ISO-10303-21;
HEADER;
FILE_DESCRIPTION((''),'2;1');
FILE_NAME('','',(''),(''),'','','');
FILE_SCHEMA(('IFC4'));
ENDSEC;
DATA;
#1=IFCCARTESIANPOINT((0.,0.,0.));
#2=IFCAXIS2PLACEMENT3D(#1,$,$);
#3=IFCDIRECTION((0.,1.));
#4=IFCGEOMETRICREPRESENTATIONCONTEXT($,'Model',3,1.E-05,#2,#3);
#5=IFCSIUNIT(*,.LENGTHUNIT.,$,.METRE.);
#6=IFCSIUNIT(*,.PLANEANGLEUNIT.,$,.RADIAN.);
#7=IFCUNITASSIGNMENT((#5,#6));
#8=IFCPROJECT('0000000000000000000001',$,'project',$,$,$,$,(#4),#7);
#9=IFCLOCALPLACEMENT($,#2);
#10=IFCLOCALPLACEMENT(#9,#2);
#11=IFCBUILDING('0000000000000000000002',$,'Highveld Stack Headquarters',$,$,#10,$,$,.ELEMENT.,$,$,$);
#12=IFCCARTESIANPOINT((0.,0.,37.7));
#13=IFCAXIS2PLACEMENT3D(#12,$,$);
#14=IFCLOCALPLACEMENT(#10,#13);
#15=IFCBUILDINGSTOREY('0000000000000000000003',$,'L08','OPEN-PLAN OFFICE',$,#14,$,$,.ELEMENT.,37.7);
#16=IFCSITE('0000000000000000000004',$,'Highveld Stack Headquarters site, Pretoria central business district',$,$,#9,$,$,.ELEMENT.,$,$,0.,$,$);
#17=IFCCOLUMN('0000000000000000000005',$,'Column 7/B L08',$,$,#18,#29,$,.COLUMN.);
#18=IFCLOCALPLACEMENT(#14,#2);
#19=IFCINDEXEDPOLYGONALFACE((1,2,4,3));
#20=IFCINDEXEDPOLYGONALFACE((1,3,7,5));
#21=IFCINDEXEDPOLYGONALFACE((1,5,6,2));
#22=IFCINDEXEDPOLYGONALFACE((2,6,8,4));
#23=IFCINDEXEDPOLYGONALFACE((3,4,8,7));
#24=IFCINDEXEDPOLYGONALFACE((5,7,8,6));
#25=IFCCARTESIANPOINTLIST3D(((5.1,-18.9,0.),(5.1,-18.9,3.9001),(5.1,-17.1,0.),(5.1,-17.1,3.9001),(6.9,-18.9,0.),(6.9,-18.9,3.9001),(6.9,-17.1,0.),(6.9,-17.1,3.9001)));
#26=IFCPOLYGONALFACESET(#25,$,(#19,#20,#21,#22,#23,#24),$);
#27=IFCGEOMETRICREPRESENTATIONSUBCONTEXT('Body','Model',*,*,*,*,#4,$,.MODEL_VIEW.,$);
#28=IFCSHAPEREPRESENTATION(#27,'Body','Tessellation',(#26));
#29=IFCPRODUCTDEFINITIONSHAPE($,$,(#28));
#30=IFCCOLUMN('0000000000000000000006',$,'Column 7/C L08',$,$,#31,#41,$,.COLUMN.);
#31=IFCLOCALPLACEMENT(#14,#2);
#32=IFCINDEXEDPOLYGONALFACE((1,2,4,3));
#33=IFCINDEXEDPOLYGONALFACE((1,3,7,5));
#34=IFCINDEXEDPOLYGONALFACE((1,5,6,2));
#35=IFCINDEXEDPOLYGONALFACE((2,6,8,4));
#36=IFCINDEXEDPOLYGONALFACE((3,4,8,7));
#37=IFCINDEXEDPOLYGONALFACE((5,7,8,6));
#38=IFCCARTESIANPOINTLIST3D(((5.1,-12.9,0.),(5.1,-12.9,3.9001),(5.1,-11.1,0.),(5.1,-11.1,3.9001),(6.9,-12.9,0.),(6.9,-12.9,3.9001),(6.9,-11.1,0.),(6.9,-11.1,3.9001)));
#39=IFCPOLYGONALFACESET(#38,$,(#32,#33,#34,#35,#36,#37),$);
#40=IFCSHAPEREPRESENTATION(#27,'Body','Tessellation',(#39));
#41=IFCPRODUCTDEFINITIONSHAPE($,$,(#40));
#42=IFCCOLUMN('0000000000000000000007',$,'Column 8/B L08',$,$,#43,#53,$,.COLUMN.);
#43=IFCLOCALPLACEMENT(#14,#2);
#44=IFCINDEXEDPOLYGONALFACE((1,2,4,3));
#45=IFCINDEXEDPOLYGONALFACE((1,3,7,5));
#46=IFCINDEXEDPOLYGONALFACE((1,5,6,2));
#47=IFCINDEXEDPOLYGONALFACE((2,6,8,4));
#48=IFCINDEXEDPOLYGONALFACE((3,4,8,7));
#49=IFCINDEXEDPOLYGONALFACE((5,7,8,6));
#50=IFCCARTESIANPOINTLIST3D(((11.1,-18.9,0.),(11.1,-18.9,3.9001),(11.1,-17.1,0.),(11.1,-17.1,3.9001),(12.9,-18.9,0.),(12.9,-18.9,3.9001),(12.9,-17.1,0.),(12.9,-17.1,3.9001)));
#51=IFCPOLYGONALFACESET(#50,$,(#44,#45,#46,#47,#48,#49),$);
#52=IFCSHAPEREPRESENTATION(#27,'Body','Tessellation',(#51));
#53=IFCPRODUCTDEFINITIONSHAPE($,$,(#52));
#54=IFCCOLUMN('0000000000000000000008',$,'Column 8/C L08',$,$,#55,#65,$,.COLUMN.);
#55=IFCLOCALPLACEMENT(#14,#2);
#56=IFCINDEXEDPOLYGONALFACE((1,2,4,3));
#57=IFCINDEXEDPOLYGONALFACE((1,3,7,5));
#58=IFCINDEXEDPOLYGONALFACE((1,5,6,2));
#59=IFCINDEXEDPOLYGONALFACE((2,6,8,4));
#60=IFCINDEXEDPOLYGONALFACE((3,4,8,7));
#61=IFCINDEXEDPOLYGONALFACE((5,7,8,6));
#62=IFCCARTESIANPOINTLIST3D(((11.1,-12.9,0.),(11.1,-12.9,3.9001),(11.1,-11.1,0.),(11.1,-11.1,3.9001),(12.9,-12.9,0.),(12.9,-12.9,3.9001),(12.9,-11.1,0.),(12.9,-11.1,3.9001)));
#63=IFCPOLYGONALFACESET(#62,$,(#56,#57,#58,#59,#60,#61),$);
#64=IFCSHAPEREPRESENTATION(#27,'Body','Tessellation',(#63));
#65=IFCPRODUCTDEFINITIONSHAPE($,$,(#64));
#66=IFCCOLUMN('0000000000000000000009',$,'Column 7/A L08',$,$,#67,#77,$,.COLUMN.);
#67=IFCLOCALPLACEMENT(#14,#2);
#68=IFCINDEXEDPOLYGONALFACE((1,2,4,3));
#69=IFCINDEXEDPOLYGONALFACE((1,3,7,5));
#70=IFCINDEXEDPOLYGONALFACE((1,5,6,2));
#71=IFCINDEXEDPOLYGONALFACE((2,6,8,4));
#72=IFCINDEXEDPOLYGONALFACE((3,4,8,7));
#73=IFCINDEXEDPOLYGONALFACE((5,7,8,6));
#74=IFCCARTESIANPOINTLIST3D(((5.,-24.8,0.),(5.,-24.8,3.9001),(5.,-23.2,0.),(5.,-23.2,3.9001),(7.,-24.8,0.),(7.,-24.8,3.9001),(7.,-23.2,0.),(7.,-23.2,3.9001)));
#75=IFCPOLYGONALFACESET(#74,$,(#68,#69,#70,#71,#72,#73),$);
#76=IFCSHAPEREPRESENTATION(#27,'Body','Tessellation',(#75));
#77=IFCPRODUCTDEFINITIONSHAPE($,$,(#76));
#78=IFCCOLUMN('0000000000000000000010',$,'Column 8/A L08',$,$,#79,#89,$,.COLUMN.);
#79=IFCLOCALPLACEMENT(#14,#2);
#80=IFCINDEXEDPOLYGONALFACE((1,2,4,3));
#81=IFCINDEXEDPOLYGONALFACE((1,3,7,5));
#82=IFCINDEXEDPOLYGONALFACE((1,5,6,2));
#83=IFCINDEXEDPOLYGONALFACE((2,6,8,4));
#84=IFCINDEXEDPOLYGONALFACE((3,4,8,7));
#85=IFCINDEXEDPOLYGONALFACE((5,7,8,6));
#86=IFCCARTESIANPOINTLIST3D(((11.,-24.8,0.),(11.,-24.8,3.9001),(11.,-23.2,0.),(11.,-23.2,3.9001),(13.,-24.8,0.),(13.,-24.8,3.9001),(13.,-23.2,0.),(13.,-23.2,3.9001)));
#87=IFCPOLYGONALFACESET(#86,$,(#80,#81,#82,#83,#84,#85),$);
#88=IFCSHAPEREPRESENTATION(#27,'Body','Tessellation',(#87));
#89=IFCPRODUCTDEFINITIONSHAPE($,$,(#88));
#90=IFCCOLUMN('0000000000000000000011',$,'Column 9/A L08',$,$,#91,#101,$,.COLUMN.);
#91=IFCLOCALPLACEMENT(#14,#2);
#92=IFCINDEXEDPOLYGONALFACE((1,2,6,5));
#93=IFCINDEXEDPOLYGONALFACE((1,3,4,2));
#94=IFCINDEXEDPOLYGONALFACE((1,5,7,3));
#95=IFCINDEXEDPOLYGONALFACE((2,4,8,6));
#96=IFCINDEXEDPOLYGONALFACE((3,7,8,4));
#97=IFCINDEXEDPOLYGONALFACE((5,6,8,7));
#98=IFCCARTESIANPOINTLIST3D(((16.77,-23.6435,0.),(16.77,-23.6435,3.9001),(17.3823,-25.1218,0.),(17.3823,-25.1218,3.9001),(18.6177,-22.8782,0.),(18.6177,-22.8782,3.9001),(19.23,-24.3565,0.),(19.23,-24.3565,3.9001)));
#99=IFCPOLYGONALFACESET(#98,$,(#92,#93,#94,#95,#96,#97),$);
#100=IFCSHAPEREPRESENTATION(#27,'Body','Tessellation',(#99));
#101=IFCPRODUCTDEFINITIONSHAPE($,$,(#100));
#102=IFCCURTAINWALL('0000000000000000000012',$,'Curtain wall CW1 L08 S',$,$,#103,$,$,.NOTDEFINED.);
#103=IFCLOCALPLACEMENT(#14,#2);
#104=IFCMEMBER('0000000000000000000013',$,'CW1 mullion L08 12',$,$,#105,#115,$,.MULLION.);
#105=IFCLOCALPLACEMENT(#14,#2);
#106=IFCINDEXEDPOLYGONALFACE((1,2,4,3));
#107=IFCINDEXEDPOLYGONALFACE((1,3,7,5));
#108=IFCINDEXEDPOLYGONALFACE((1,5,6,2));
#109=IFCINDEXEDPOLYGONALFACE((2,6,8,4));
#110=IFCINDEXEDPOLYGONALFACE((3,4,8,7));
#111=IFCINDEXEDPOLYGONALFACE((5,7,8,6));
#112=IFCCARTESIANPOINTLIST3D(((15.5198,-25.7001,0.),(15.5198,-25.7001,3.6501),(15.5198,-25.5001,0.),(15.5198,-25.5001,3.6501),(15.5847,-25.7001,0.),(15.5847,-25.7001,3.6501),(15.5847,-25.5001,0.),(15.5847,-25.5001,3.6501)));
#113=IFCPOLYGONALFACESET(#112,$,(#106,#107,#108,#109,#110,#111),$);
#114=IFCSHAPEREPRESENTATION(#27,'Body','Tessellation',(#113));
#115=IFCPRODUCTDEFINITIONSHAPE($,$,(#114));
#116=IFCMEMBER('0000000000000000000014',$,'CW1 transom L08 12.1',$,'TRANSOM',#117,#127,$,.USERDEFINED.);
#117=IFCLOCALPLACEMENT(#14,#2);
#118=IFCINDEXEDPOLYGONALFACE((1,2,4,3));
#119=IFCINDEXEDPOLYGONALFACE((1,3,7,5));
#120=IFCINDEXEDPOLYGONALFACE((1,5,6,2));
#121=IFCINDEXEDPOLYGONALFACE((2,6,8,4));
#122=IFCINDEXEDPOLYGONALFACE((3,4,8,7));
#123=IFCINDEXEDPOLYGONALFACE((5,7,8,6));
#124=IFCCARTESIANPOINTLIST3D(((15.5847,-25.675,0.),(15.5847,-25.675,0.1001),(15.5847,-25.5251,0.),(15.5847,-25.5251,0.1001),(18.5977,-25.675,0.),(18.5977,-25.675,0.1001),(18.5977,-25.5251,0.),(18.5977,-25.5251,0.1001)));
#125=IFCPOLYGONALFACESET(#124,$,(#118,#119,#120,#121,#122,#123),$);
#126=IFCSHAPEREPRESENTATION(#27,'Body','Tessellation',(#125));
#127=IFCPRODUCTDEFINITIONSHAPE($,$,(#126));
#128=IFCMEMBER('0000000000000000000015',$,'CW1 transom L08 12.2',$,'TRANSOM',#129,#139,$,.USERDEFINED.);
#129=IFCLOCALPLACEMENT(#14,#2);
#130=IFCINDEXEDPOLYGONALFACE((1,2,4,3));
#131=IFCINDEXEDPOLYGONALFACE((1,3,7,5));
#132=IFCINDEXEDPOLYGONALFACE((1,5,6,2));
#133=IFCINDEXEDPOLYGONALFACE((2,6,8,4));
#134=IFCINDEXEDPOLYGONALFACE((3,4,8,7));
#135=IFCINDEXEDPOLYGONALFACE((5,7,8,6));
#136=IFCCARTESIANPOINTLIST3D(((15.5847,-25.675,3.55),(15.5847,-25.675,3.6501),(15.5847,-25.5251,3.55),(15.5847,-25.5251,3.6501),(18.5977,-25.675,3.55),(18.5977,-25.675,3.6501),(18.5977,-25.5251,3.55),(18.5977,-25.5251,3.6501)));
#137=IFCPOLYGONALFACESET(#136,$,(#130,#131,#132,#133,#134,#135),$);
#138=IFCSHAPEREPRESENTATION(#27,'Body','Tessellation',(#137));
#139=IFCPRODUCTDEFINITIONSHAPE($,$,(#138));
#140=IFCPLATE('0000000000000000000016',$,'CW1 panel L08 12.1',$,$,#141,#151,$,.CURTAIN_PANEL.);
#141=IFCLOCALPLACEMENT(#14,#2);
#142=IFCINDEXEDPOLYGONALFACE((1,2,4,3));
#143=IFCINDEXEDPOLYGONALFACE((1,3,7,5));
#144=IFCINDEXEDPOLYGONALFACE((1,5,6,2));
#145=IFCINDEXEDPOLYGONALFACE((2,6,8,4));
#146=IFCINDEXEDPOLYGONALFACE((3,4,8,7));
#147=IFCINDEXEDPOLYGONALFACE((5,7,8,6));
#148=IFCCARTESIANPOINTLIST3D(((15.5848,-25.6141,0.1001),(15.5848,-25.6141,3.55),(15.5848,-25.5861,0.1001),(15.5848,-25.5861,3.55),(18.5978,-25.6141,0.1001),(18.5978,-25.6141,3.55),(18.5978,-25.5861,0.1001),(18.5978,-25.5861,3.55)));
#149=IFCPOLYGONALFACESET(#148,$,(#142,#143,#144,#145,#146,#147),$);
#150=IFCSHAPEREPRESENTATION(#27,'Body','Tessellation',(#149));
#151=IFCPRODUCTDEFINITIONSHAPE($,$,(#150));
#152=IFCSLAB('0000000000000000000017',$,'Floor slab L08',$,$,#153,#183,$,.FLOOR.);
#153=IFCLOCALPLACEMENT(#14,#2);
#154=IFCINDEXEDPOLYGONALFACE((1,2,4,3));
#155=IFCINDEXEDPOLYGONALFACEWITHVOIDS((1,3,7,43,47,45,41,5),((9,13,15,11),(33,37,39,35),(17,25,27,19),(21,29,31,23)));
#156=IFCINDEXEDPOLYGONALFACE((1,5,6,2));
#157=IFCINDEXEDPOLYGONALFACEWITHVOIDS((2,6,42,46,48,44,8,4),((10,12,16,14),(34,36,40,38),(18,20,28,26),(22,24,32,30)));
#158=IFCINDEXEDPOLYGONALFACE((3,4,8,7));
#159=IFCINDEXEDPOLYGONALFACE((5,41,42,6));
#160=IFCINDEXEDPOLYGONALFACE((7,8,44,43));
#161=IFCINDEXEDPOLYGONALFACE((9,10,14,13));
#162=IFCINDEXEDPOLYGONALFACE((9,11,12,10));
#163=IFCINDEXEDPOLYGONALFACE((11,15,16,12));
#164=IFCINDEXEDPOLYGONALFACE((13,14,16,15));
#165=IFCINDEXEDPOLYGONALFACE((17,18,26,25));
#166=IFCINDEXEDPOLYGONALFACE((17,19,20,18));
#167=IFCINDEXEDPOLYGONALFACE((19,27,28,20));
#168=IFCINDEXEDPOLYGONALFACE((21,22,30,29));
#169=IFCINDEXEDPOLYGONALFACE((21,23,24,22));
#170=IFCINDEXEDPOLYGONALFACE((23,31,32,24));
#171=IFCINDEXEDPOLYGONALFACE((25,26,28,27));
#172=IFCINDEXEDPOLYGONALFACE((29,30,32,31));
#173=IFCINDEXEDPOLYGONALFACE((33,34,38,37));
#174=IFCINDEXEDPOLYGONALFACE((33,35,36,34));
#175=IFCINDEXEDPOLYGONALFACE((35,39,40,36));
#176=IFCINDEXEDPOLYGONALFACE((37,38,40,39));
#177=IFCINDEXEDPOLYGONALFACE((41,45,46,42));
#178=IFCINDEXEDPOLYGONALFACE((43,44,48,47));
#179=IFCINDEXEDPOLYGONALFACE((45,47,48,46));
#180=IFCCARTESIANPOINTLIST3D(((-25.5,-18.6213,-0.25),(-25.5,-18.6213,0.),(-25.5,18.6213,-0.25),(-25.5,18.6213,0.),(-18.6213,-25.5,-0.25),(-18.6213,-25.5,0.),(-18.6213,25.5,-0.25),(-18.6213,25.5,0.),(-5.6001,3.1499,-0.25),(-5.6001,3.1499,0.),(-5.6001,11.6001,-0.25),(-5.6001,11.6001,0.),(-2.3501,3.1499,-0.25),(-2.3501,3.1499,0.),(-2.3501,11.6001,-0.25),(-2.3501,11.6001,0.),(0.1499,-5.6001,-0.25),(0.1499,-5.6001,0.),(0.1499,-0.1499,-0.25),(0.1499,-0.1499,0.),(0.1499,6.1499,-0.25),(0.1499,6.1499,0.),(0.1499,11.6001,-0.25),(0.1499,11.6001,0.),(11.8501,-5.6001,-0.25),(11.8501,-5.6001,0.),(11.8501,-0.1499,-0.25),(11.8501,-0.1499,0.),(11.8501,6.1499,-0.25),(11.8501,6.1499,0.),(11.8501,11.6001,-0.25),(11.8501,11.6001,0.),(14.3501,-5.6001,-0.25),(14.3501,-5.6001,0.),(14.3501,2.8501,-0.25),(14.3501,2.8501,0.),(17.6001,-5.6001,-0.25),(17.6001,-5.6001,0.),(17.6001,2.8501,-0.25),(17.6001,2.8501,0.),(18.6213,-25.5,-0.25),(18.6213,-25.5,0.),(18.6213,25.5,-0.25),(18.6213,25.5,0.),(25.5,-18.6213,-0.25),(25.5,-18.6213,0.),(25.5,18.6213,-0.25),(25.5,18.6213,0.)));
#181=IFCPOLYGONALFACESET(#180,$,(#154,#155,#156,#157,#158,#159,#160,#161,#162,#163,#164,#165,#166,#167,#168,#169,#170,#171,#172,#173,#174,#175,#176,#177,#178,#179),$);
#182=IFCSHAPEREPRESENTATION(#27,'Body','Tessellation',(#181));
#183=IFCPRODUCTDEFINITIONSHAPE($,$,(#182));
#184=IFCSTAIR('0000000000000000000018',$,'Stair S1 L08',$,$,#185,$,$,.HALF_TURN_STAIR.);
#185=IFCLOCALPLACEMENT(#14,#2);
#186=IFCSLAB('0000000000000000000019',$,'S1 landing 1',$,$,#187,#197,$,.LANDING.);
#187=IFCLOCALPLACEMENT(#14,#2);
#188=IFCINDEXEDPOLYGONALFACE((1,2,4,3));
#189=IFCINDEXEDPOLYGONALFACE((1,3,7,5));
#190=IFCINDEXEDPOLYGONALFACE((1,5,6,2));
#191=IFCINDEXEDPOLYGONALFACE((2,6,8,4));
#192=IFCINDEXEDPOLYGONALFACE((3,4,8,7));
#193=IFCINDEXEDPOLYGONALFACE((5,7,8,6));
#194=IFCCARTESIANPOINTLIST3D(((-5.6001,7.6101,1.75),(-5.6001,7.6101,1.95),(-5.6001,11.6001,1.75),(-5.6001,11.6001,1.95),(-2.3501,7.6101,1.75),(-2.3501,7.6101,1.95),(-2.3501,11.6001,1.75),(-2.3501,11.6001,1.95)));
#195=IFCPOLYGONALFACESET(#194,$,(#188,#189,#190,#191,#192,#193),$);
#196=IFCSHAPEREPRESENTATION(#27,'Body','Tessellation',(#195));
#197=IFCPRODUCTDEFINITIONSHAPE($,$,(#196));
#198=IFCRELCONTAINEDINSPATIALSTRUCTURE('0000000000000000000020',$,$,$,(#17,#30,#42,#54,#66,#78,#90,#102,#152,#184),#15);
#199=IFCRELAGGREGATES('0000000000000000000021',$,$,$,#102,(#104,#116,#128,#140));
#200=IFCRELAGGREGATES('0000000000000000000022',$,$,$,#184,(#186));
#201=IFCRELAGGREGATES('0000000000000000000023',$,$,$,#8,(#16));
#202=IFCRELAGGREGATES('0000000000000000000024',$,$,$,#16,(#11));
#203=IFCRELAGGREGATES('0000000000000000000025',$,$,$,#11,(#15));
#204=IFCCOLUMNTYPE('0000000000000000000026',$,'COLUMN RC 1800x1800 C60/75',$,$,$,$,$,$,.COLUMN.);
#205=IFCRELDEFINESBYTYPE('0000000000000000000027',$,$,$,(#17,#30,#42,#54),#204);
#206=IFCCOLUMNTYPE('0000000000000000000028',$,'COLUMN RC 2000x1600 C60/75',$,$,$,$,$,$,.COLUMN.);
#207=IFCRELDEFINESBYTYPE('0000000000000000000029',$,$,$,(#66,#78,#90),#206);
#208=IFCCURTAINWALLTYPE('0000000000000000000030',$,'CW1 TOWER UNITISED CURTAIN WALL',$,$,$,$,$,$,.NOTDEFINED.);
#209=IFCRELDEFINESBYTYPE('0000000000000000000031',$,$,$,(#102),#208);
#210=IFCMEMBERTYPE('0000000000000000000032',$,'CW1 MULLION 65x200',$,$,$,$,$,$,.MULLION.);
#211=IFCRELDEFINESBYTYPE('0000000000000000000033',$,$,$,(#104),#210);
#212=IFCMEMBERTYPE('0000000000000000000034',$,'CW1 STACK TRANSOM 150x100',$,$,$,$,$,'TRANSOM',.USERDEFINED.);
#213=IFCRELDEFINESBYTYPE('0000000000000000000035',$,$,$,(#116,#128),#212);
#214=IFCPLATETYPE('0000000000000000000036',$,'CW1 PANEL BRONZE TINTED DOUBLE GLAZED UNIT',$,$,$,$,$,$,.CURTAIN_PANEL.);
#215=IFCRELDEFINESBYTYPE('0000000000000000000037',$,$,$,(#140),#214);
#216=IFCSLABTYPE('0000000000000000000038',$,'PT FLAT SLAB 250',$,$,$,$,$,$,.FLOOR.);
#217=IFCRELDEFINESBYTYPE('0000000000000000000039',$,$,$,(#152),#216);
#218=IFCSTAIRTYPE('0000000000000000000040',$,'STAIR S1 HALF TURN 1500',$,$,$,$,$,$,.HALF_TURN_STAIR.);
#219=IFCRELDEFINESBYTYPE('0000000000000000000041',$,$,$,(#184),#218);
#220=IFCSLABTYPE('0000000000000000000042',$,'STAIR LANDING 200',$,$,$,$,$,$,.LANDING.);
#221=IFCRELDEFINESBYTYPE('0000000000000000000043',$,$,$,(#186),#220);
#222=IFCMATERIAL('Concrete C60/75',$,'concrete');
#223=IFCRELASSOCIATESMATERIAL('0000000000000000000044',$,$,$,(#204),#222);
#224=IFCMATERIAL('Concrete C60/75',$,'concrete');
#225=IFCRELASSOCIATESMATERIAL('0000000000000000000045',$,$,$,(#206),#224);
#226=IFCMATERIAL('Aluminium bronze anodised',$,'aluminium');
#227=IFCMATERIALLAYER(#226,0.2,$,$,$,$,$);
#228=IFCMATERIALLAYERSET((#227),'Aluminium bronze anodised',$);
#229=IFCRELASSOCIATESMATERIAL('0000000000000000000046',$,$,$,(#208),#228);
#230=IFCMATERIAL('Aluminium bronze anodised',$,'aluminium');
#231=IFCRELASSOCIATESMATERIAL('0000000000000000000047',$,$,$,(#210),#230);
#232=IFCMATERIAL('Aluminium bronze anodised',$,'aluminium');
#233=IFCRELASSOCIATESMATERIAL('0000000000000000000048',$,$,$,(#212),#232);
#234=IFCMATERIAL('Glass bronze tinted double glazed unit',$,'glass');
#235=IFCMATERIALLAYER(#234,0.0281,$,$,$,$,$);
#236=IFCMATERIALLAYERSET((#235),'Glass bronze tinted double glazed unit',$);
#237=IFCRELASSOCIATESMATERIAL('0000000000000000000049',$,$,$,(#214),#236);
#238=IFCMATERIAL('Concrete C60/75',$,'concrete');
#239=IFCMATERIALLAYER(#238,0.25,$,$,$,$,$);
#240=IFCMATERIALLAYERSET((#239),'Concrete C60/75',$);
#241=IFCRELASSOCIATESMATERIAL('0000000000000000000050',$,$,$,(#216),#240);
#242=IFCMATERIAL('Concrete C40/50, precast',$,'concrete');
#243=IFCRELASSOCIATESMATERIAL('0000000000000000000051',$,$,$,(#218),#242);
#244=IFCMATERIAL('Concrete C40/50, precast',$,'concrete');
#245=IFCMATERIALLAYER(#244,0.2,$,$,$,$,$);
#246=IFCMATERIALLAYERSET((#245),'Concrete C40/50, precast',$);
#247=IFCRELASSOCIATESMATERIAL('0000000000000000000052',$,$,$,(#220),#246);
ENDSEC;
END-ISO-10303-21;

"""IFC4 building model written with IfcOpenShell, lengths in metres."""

from ifc_helpers import new_model, si_unit, direction, frame, origin, origin_2d, place, context, subcontext, project, spatial, polyline, rectangle, outline, extrude, material, layer, layer_set, material_profile, profile_set, type_object, element, aggregate, save


model = new_model("IFC4")

# Units and contexts
model_context = context("Model", 3, precision=1e-05, world=origin(), true_north=direction((0.0, 1.0)))
body_context = subcontext(model_context, "Body", "Model", "MODEL_VIEW")
ifc_project = project(units=[si_unit("LENGTHUNIT", "METRE"), si_unit("PLANEANGLEUNIT", "RADIAN")], contexts=[model_context])

# Site, building, storey
site_placement = place(None, origin())
site = spatial("IfcSite", under=ifc_project, at=site_placement, Name="Highveld Stack Headquarters site, Pretoria central business district", CompositionType="ELEMENT", RefElevation=0.0)
building_placement = place(site_placement, origin())
building = spatial("IfcBuilding", under=site, at=building_placement, Name="Highveld Stack Headquarters", CompositionType="ELEMENT")
storey_placement = place(building_placement, frame((0.0, 0.0, 37.7)))
storey = spatial("IfcBuildingStorey", under=building, at=storey_placement, Name="L08", Description="OPEN-PLAN OFFICE", CompositionType="ELEMENT", Elevation=37.7)

# Columns
ifc_material_1 = material(Name="Concrete C60/75", Category="concrete")
ifc_material_profile_1 = material_profile(ifc_material_1, rectangle(XDim=1.8, YDim=1.8, at=origin_2d()), Name="RC 1800x1800")
ifc_profile_set_1 = profile_set([ifc_material_profile_1], Name="Concrete C60/75")
column_type_1 = type_object("IfcColumnType", Name="COLUMN RC 1800x1800 C60/75", PredefinedType="COLUMN", material=ifc_profile_set_1)
for number, where, z_axis, x_axis, name in (
    (1, (6.0, -18.0, 0.0), (0.0, 0.0, 1.0), (1.0, 0.0, 0.0), "Column 7/B L08"),
    (2, (6.0, -12.0, 0.0), (0.0, 0.0, 1.0), (1.0, 0.0, 0.0), "Column 7/C L08"),
    (3, (12.0, -18.0, 0.0), (0.0, 0.0, 1.0), (1.0, 0.0, 0.0), "Column 8/B L08"),
    (4, (12.0, -12.0, 0.0), (0.0, 0.0, 1.0), (1.0, 0.0, 0.0), "Column 8/C L08"),
):
    element("IfcColumn", number, at=place(storey_placement, frame(where, z_axis=z_axis, x_axis=x_axis)), inside=storey, type_object=column_type_1, Name=name, PredefinedType="COLUMN", context=body_context, shape_type="SweptSolid", body=[
        extrude(rectangle(XDim=1.8, YDim=1.8, at=origin_2d()), origin(), (0.0, 0.0, 1.0), 3.9001),
    ])
ifc_material_2 = material(Name="Concrete C60/75", Category="concrete")
ifc_material_profile_2 = material_profile(ifc_material_2, rectangle(XDim=2.0, YDim=1.6001, at=origin_2d()), Name="RC 2000x1600")
ifc_profile_set_2 = profile_set([ifc_material_profile_2], Name="Concrete C60/75")
column_type_2 = type_object("IfcColumnType", Name="COLUMN RC 2000x1600 C60/75", PredefinedType="COLUMN", material=ifc_profile_set_2)
for number, where, z_axis, x_axis, name in (
    (5, (6.0, -24.0, 0.0), (0.0, 0.0, 1.0), (1.0, 0.0, 0.0), "Column 7/A L08"),
    (6, (12.0, -24.0, 0.0), (0.0, 0.0, 1.0), (1.0, 0.0, 0.0), "Column 8/A L08"),
    (7, (18.0, -24.0, 0.0), (0.0, 0.0, 1.0), (-0.92388, -0.382683, 0.0), "Column 9/A L08"),
):
    element("IfcColumn", number, at=place(storey_placement, frame(where, z_axis=z_axis, x_axis=x_axis)), inside=storey, type_object=column_type_2, Name=name, PredefinedType="COLUMN", context=body_context, shape_type="SweptSolid", body=[
        extrude(rectangle(XDim=2.0, YDim=1.6001, at=origin_2d()), origin(), (0.0, 0.0, 1.0), 3.9001),
    ])

# Curtain wall, members, plate
ifc_material_3 = material(Name="Aluminium bronze anodised", Category="aluminium")
ifc_layer_1 = layer(ifc_material_3, 0.2)
ifc_layer_set_1 = layer_set([ifc_layer_1], Name="Aluminium bronze anodised")
curtain_wall_type = type_object("IfcCurtainWallType", Name="CW1 TOWER UNITISED CURTAIN WALL", PredefinedType="NOTDEFINED", material=ifc_layer_set_1)
curtain_wall_placement = place(storey_placement, origin())
curtain_wall = element("IfcCurtainWall", 8, at=curtain_wall_placement, inside=storey, type_object=curtain_wall_type, Name="Curtain wall CW1 L08 S", PredefinedType="NOTDEFINED")
ifc_material_4 = material(Name="Aluminium bronze anodised", Category="aluminium")
ifc_material_profile_3 = material_profile(ifc_material_4, rectangle(XDim=0.2, YDim=0.0649, at=origin_2d()), Name="CW1 MULLION 65x200")
ifc_profile_set_3 = profile_set([ifc_material_profile_3], Name="Aluminium bronze anodised")
member_type_1 = type_object("IfcMemberType", Name="CW1 MULLION 65x200", PredefinedType="MULLION", material=ifc_profile_set_3)
member_1_placement = place(storey_placement, frame((15.5522, -25.6001, 0.0), z_axis=(0.0, 0.0, 1.0), x_axis=(0.0, 1.0, 0.0)))
member_1 = element("IfcMember", 9, at=member_1_placement, type_object=member_type_1, Name="CW1 mullion L08 12", PredefinedType="MULLION", context=body_context, shape_type="SweptSolid", body=[
    extrude(rectangle(XDim=0.2, YDim=0.0649, at=origin_2d()), origin(), (0.0, 0.0, 1.0), 3.6501),
])
ifc_material_5 = material(Name="Aluminium bronze anodised", Category="aluminium")
ifc_material_profile_4 = material_profile(ifc_material_5, rectangle(XDim=0.1499, YDim=0.1001, at=origin_2d()), Name="CW1 TRANSOM 150x100")
ifc_profile_set_4 = profile_set([ifc_material_profile_4], Name="Aluminium bronze anodised")
member_type_2 = type_object("IfcMemberType", Name="CW1 STACK TRANSOM 150x100", ElementType="TRANSOM", PredefinedType="USERDEFINED", material=ifc_profile_set_4)
member_2_placement = place(storey_placement, frame((15.5847, -25.6001, 0.05), z_axis=(1.0, 0.0, 0.0), x_axis=(0.0, 1.0, 0.0)))
member_2 = element("IfcMember", 10, at=member_2_placement, type_object=member_type_2, Name="CW1 transom L08 12.1", ObjectType="TRANSOM", PredefinedType="USERDEFINED", context=body_context, shape_type="SweptSolid", body=[
    extrude(rectangle(XDim=0.1499, YDim=0.1001, at=origin_2d()), origin(), (0.0, 0.0, 1.0), 3.0129),
])
member_3_placement = place(storey_placement, frame((15.5847, -25.6001, 3.6001), z_axis=(1.0, 0.0, 0.0), x_axis=(0.0, 1.0, 0.0)))
member_3 = element("IfcMember", 11, at=member_3_placement, type_object=member_type_2, Name="CW1 transom L08 12.2", ObjectType="TRANSOM", PredefinedType="USERDEFINED", context=body_context, shape_type="SweptSolid", body=[
    extrude(rectangle(XDim=0.1499, YDim=0.1001, at=origin_2d()), origin(), (0.0, 0.0, 1.0), 3.0129),
])
ifc_material_6 = material(Name="Glass bronze tinted double glazed unit", Category="glass")
ifc_layer_2 = layer(ifc_material_6, 0.0281)
ifc_layer_set_2 = layer_set([ifc_layer_2], Name="Glass bronze tinted double glazed unit")
plate_type = type_object("IfcPlateType", Name="CW1 PANEL BRONZE TINTED DOUBLE GLAZED UNIT", PredefinedType="CURTAIN_PANEL", material=ifc_layer_set_2)
plate_placement = place(storey_placement, frame((17.0913, -25.6001, 0.1001), z_axis=(0.0, 0.0, 1.0), x_axis=(1.0, 0.0, 0.0)))
plate = element("IfcPlate", 12, at=plate_placement, type_object=plate_type, Name="CW1 panel L08 12.1", PredefinedType="CURTAIN_PANEL", context=body_context, shape_type="SweptSolid", body=[
    extrude(rectangle(XDim=3.0129, YDim=0.0281, at=origin_2d()), origin(), (0.0, 0.0, 1.0), 3.45),
])
aggregate(curtain_wall, [member_1, member_2, member_3, plate])

# Slab
ifc_material_7 = material(Name="Concrete C60/75", Category="concrete")
ifc_layer_3 = layer(ifc_material_7, 0.25)
ifc_layer_set_3 = layer_set([ifc_layer_3], Name="Concrete C60/75")
slab_type_1 = type_object("IfcSlabType", Name="PT FLAT SLAB 250", PredefinedType="FLOOR", material=ifc_layer_set_3)
slab_1_placement = place(storey_placement, frame((0.0, 0.0, -0.25)))
element("IfcSlab", 13, at=slab_1_placement, inside=storey, type_object=slab_type_1, Name="Floor slab L08", PredefinedType="FLOOR", context=body_context, shape_type="SweptSolid", body=[
    extrude(outline(polyline([(-18.6213, -25.5), (18.6213, -25.5), (25.5, -18.6213), (25.5, 18.6213), (18.6213, 25.5), (-18.6213, 25.5), (-25.5, 18.6213), (-25.5, -18.6213), (-18.6213, -25.5)]), holes=[polyline([(0.1499, 6.1499), (11.8501, 6.1499), (11.8501, 11.6001), (0.1499, 11.6001), (0.1499, 6.1499)]), polyline([(0.1499, -5.6001), (11.8501, -5.6001), (11.8501, -0.1499), (0.1499, -0.1499), (0.1499, -5.6001)]), polyline([(-5.6001, 3.1499), (-2.3501, 3.1499), (-2.3501, 11.6001), (-5.6001, 11.6001), (-5.6001, 3.1499)]), polyline([(14.3501, -5.6001), (17.6001, -5.6001), (17.6001, 2.8501), (14.3501, 2.8501), (14.3501, -5.6001)])]), origin(), (0.0, 0.0, 1.0), 0.25),
])

# Stair, slab
ifc_material_8 = material(Name="Concrete C40/50, precast", Category="concrete")
stair_type_1 = type_object("IfcStairType", Name="STAIR S1 HALF TURN 1500", PredefinedType="HALF_TURN_STAIR", material=ifc_material_8)
stair_1_placement = place(storey_placement, origin())
stair_1 = element("IfcStair", 14, at=stair_1_placement, inside=storey, type_object=stair_type_1, Name="Stair S1 L08", PredefinedType="HALF_TURN_STAIR")
ifc_material_9 = material(Name="Concrete C40/50, precast", Category="concrete")
ifc_layer_4 = layer(ifc_material_9, 0.2)
ifc_layer_set_4 = layer_set([ifc_layer_4], Name="Concrete C40/50, precast")
slab_type_2 = type_object("IfcSlabType", Name="STAIR LANDING 200", PredefinedType="LANDING", material=ifc_layer_set_4)
slab_2_placement = place(storey_placement, frame((0.0, 0.0, 1.75)))
slab_2 = element("IfcSlab", 15, at=slab_2_placement, type_object=slab_type_2, Name="S1 landing 1", PredefinedType="LANDING", context=body_context, shape_type="SweptSolid", body=[
    extrude(outline(polyline([(-5.6001, 7.6101), (-2.3501, 7.6101), (-2.3501, 11.6001), (-5.6001, 11.6001), (-5.6001, 7.6101)])), origin(), (0.0, 0.0, 1.0), 0.2),
])
aggregate(stair_1, [slab_2])

save(model, "model.ifc")
